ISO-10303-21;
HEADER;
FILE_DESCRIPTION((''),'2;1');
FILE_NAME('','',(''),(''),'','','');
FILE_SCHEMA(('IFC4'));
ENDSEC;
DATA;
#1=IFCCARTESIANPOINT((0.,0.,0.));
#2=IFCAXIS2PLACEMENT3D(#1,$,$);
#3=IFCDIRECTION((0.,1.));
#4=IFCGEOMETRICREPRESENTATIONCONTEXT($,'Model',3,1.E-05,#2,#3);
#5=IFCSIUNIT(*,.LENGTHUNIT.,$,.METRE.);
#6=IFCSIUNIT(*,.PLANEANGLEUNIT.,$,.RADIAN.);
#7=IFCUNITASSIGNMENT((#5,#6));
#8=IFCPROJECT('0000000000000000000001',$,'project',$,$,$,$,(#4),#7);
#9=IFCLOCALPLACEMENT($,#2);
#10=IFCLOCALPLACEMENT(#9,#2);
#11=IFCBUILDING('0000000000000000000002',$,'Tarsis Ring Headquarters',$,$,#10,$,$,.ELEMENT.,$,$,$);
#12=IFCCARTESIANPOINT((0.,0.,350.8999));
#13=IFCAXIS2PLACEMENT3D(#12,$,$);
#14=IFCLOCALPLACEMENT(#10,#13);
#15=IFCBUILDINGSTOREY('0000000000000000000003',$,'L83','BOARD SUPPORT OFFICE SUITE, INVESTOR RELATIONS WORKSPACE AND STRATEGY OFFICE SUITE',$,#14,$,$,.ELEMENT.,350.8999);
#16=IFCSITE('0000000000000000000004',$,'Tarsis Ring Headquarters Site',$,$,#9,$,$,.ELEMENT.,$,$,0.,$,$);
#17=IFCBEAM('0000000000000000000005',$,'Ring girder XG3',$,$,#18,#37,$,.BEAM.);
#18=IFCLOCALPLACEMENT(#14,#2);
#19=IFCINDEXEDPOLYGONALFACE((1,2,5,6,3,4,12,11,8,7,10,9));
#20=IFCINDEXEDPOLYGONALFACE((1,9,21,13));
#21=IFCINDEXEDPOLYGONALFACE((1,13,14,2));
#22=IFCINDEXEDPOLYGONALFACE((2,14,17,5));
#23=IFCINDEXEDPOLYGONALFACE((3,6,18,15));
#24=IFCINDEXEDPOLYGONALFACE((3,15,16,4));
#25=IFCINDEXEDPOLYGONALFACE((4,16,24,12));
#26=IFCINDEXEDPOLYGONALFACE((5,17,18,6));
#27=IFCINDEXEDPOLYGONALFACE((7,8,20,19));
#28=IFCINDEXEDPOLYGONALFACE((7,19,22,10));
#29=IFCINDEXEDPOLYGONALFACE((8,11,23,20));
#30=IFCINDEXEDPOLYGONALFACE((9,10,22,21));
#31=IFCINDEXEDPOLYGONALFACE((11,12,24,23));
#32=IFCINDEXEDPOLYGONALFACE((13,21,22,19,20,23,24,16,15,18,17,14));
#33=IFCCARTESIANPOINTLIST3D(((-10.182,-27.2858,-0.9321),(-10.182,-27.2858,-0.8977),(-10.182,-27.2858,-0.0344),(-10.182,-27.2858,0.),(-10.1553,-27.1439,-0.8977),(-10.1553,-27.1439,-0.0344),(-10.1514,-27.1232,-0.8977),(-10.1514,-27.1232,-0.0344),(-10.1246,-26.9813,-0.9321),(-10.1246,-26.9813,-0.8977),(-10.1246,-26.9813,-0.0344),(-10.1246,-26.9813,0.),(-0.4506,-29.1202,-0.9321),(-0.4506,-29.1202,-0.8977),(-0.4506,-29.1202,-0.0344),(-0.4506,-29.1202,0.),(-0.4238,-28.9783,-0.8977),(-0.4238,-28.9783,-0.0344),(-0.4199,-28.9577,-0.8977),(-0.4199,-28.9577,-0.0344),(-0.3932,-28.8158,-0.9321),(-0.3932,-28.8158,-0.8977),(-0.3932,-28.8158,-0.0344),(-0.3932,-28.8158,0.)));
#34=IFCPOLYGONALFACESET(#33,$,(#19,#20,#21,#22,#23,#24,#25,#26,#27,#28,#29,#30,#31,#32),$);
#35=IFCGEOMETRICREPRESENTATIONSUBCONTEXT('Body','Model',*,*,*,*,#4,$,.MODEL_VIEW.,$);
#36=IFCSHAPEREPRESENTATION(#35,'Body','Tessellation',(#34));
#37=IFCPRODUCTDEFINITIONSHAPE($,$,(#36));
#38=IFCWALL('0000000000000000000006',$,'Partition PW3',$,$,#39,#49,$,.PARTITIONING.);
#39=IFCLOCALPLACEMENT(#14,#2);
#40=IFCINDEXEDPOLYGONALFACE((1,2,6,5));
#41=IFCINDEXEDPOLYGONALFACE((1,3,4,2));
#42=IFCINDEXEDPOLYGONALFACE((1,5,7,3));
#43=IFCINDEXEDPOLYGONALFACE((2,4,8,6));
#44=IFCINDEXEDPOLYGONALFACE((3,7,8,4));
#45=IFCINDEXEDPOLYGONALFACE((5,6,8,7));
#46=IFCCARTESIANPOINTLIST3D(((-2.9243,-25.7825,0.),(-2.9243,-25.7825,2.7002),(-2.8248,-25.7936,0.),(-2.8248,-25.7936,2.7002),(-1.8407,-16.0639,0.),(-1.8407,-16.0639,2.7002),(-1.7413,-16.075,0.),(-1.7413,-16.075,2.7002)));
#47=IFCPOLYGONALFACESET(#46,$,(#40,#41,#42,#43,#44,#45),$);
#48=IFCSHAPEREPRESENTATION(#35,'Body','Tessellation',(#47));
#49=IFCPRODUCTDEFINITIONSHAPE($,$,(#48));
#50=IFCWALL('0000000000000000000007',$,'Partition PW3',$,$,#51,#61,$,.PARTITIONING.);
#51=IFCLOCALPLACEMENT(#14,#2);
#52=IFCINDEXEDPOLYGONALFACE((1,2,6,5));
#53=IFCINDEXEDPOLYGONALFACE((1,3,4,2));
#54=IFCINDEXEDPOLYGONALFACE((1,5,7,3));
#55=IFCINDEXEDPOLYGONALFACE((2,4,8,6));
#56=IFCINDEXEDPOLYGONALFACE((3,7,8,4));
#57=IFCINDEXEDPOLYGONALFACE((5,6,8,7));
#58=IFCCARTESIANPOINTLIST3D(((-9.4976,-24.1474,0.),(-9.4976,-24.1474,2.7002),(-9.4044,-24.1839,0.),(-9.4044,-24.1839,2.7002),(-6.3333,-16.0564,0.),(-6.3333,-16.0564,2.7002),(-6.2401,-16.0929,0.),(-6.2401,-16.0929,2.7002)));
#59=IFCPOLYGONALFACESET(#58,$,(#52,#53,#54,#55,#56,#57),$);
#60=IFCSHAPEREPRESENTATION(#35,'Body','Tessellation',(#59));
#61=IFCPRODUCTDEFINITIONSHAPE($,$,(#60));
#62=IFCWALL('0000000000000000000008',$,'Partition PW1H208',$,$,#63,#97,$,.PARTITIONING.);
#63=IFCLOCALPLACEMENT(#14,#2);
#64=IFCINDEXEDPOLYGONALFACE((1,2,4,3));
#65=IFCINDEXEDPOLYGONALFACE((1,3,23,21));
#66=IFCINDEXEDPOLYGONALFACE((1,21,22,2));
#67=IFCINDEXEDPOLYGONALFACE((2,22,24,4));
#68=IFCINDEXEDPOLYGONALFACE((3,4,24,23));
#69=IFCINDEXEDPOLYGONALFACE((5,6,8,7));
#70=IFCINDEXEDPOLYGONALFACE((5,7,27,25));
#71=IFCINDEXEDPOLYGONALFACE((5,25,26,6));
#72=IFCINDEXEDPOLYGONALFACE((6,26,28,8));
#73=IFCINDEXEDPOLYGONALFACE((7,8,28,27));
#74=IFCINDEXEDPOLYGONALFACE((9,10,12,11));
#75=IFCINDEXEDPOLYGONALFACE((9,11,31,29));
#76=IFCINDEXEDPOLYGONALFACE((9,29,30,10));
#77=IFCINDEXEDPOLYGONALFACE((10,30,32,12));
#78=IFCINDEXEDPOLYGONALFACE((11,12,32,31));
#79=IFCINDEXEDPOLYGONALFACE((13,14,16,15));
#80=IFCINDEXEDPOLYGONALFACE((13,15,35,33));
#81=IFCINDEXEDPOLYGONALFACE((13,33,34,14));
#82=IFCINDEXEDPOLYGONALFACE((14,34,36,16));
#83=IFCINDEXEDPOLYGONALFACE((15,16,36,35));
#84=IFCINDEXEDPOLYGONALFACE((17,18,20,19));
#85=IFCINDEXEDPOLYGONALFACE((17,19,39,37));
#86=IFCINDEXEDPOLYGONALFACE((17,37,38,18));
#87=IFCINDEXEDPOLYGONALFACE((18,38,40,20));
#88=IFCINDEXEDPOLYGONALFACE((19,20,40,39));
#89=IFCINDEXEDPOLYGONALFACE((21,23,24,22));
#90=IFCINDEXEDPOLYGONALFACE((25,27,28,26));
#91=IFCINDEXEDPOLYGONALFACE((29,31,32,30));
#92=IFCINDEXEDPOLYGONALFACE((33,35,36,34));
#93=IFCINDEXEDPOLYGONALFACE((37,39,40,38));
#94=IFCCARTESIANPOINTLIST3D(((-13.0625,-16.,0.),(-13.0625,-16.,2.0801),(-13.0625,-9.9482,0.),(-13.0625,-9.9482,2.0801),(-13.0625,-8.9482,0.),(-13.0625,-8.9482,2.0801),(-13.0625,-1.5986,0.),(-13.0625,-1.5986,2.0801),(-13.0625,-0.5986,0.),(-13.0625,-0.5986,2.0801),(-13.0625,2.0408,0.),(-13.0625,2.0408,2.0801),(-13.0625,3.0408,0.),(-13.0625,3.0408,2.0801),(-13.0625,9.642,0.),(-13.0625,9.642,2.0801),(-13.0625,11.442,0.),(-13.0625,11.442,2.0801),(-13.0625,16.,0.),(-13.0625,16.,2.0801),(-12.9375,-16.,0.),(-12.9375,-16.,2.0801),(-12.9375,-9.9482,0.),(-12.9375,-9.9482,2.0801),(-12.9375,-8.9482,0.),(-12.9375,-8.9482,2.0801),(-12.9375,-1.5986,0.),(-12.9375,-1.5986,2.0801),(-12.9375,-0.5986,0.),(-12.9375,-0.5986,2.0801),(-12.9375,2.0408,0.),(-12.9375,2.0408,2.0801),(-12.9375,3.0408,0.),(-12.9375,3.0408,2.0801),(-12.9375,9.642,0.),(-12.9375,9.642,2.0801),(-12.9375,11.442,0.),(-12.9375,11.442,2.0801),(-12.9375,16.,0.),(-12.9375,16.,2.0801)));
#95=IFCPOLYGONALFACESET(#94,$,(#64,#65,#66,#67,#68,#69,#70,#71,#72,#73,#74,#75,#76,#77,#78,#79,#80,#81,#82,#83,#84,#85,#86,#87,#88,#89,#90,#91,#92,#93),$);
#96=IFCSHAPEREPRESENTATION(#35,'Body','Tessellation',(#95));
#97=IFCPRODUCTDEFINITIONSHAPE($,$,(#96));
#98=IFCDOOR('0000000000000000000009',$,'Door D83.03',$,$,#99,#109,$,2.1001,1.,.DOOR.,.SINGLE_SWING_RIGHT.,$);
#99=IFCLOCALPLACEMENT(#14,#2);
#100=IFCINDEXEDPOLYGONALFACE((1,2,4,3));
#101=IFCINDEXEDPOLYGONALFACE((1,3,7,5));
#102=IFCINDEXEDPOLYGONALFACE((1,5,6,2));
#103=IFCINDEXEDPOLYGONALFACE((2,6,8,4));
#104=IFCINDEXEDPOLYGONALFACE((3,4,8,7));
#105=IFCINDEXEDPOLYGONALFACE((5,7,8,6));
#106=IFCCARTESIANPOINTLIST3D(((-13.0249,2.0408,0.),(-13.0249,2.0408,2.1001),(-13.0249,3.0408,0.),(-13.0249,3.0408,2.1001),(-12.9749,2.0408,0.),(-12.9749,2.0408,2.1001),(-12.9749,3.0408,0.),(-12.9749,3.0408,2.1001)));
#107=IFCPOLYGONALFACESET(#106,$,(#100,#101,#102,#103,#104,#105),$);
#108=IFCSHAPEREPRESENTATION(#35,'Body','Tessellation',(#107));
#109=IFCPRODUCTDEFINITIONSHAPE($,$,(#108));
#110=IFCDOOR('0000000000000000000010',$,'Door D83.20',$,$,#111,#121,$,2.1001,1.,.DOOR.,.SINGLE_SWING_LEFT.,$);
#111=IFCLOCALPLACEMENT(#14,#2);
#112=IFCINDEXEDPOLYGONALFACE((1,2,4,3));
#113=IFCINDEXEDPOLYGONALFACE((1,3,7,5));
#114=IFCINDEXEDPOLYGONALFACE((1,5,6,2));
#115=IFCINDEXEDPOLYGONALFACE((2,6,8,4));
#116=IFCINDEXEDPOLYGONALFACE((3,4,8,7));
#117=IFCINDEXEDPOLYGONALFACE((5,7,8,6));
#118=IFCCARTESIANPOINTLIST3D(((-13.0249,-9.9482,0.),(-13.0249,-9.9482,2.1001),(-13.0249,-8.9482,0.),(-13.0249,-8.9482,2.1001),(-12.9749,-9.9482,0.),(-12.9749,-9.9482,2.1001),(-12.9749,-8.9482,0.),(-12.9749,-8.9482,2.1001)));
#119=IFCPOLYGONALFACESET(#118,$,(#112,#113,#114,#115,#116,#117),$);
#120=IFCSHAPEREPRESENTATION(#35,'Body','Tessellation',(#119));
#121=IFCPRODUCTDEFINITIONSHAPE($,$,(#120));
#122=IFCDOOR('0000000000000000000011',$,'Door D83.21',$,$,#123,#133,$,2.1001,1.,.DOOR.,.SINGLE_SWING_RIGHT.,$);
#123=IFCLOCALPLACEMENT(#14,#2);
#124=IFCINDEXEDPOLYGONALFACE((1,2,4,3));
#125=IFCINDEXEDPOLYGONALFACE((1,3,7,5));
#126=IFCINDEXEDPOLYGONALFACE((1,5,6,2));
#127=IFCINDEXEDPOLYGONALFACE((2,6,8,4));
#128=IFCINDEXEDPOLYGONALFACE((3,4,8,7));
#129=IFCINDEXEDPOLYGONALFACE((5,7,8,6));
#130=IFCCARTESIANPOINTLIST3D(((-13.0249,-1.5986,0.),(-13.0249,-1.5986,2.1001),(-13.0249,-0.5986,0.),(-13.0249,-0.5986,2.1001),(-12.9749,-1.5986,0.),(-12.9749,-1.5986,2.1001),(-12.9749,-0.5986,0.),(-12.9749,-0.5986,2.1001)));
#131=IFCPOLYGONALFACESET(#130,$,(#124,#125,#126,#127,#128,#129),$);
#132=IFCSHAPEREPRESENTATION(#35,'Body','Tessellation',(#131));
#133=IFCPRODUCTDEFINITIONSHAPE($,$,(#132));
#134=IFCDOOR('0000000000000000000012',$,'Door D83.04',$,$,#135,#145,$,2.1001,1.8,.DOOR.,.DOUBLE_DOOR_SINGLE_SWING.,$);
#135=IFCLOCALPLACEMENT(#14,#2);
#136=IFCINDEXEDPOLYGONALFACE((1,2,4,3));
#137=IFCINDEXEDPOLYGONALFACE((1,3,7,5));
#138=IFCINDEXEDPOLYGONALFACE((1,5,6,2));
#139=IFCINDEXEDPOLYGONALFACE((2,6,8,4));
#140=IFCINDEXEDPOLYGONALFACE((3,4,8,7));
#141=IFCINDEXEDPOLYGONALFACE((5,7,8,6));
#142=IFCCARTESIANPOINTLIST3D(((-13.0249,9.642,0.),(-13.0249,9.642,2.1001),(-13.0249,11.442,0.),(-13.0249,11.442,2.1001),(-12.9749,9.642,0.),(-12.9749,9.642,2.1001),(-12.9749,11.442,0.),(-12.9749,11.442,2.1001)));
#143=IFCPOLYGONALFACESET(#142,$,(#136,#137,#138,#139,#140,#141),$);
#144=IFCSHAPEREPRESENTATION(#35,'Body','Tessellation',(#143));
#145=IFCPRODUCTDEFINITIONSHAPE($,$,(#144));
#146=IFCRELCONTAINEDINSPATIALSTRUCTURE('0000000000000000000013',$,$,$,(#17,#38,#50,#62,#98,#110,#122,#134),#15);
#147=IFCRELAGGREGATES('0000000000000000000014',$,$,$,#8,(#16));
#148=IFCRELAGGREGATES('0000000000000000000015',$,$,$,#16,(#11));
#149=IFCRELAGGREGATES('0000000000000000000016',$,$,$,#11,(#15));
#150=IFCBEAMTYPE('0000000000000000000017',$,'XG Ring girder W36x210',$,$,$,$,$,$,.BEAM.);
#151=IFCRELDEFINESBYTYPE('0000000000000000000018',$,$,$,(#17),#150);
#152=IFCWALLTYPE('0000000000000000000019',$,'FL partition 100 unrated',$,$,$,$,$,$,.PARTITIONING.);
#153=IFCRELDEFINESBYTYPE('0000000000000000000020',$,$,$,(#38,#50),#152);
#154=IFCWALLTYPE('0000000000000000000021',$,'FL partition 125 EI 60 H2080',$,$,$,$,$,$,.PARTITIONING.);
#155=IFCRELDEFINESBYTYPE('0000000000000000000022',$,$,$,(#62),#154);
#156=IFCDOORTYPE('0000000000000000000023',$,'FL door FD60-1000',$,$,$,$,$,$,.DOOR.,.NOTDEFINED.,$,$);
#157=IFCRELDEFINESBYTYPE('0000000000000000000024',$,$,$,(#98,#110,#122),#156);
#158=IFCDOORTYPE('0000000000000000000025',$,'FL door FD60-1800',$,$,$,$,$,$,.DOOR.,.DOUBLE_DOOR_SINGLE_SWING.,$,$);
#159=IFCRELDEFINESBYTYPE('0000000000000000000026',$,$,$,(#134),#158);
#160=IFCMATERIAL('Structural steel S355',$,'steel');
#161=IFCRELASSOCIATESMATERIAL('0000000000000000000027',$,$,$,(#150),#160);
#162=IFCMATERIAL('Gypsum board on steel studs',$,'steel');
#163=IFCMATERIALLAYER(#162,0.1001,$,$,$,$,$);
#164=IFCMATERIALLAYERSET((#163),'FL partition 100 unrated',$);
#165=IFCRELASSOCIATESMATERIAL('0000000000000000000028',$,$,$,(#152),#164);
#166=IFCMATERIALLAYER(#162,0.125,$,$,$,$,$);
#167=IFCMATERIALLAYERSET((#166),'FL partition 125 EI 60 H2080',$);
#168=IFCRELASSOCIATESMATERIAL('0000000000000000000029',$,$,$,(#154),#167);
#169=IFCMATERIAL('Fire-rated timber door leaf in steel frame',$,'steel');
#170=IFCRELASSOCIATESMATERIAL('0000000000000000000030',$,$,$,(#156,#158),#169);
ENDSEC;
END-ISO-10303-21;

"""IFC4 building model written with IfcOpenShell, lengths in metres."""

from ifc_helpers import new_model, si_unit, direction, frame, frame_2d, origin, origin_2d, place, context, subcontext, project, spatial, rectangle, i_section, extrude, material, layer, layer_set, material_profile, profile_set, type_object, element, fill, save


model = new_model("IFC4")

# Units and contexts
model_context = context("Model", 3, precision=1e-05, world=origin(), true_north=direction((0.0, 1.0)))
body_context = subcontext(model_context, "Body", "Model", "MODEL_VIEW")
ifc_project = project(units=[si_unit("LENGTHUNIT", "METRE"), si_unit("PLANEANGLEUNIT", "RADIAN")], contexts=[model_context])

# Site, building, storey
site_placement = place(None, origin())
site = spatial("IfcSite", under=ifc_project, at=site_placement, Name="Tarsis Ring Headquarters Site", CompositionType="ELEMENT", RefElevation=0.0)
building_placement = place(site_placement, origin())
building = spatial("IfcBuilding", under=site, at=building_placement, Name="Tarsis Ring Headquarters", CompositionType="ELEMENT")
storey_placement = place(building_placement, frame((0.0, 0.0, 350.8999)))
storey = spatial("IfcBuildingStorey", under=building, at=storey_placement, Name="L83", Description="BOARD SUPPORT OFFICE SUITE, INVESTOR RELATIONS WORKSPACE AND STRATEGY OFFICE SUITE", CompositionType="ELEMENT", Elevation=350.8999)

# Shared definitions
ifc_material_1 = material(Name="Structural steel S355", Category="steel")

# Beam
ifc_material_profile_1 = material_profile(ifc_material_1, i_section(OverallWidth=0.3098, OverallDepth=0.9321, WebThickness=0.021, FlangeThickness=0.0344, at=origin_2d()), Name="W36x210")
ifc_profile_set_1 = profile_set([ifc_material_profile_1], Name="Structural steel S355")
beam_type_1 = type_object("IfcBeamType", Name="XG Ring girder W36x210", PredefinedType="BEAM", material=ifc_profile_set_1)
beam_1_placement = place(storey_placement, frame((-10.1533, -27.1335, -0.4661), z_axis=(0.982692, -0.185247, 0.0), x_axis=(0.185247, 0.982692, 0.0)))
element("IfcBeam", 1, at=beam_1_placement, inside=storey, type_object=beam_type_1, Name="Ring girder XG3", PredefinedType="BEAM", context=body_context, shape_type="SweptSolid", body=[
    extrude(i_section(OverallWidth=0.3098, OverallDepth=0.9321, WebThickness=0.021, FlangeThickness=0.0344, at=origin_2d()), origin(), (0.0, 0.0, 1.0), 9.9028),
])

# Walls
ifc_material_2 = material(Name="Gypsum board on steel studs", Category="steel")
ifc_layer_1 = layer(ifc_material_2, 0.1001)
ifc_layer_set_1 = layer_set([ifc_layer_1], Name="FL partition 100 unrated")
wall_type_1 = type_object("IfcWallType", Name="FL partition 100 unrated", PredefinedType="PARTITIONING", material=ifc_layer_set_1)
wall_1_placement = place(storey_placement, frame((-2.8745, -25.7881, 0.0), z_axis=(0.0, 0.0, 1.0), x_axis=(0.110801, 0.993843, 0.0)))
element("IfcWall", 2, at=wall_1_placement, inside=storey, type_object=wall_type_1, Name="Partition PW3", PredefinedType="PARTITIONING", context=body_context, shape_type="SweptSolid", body=[
    extrude(rectangle(XDim=9.7788, YDim=0.1001, at=frame_2d((4.8894, 0.0))), origin(), (0.0, 0.0, 1.0), 2.7002),
])
wall_2_placement = place(storey_placement, frame((-9.4509, -24.1655, 0.0), z_axis=(0.0, 0.0, 1.0), x_axis=(0.364223, 0.931312, 0.0)))
element("IfcWall", 3, at=wall_2_placement, inside=storey, type_object=wall_type_1, Name="Partition PW3", PredefinedType="PARTITIONING", context=body_context, shape_type="SweptSolid", body=[
    extrude(rectangle(XDim=8.6877, YDim=0.1001, at=frame_2d((4.3438, 0.0))), origin(), (0.0, 0.0, 1.0), 2.7002),
])

# Wall, openings, doors
ifc_layer_2 = layer(ifc_material_2, 0.125)
ifc_layer_set_2 = layer_set([ifc_layer_2], Name="FL partition 125 EI 60 H2080")
wall_type_2 = type_object("IfcWallType", Name="FL partition 125 EI 60 H2080", PredefinedType="PARTITIONING", material=ifc_layer_set_2)
wall_3_placement = place(storey_placement, frame((-13.0, -16.0, 0.0), z_axis=(0.0, 0.0, 1.0), x_axis=(0.0, 1.0, 0.0)))
wall_3 = element("IfcWall", 4, at=wall_3_placement, inside=storey, type_object=wall_type_2, Name="Partition PW1H208", PredefinedType="PARTITIONING", context=body_context, shape_type="SweptSolid", body=[
    extrude(rectangle(XDim=32.0, YDim=0.125, at=frame_2d((16.0, 0.0))), origin(), (0.0, 0.0, 1.0), 2.0801),
])
opening_1_placement = place(wall_3_placement, frame((18.0408, 0.0, 0.0)))
opening_1 = element("IfcOpeningElement", 5, at=opening_1_placement, cuts=wall_3, PredefinedType="OPENING", context=body_context, shape_type="SweptSolid", body=[
    extrude(rectangle(XDim=1.0, YDim=2.1001, at=frame_2d((0.5, 1.05))), frame((0.0, 0.0725, 0.0), z_axis=(0.0, -1.0, 0.0), x_axis=(1.0, 0.0, 0.0)), (0.0, 0.0, 1.0), 0.145),
])
opening_2_placement = place(wall_3_placement, frame((25.6421, 0.0, 0.0)))
opening_2 = element("IfcOpeningElement", 6, at=opening_2_placement, cuts=wall_3, PredefinedType="OPENING", context=body_context, shape_type="SweptSolid", body=[
    extrude(rectangle(XDim=1.8, YDim=2.1001, at=frame_2d((0.8999, 1.05))), frame((0.0, 0.0725, 0.0), z_axis=(0.0, -1.0, 0.0), x_axis=(1.0, 0.0, 0.0)), (0.0, 0.0, 1.0), 0.145),
])
opening_3_placement = place(wall_3_placement, frame((6.0518, 0.0, 0.0)))
opening_3 = element("IfcOpeningElement", 7, at=opening_3_placement, cuts=wall_3, PredefinedType="OPENING", context=body_context, shape_type="SweptSolid", body=[
    extrude(rectangle(XDim=1.0, YDim=2.1001, at=frame_2d((0.5, 1.05))), frame((0.0, 0.0725, 0.0), z_axis=(0.0, -1.0, 0.0), x_axis=(1.0, 0.0, 0.0)), (0.0, 0.0, 1.0), 0.145),
])
opening_4_placement = place(wall_3_placement, frame((14.4014, 0.0, 0.0)))
opening_4 = element("IfcOpeningElement", 8, at=opening_4_placement, cuts=wall_3, PredefinedType="OPENING", context=body_context, shape_type="SweptSolid", body=[
    extrude(rectangle(XDim=1.0, YDim=2.1001, at=frame_2d((0.5, 1.05))), frame((0.0, 0.0725, 0.0), z_axis=(0.0, -1.0, 0.0), x_axis=(1.0, 0.0, 0.0)), (0.0, 0.0, 1.0), 0.145),
])
ifc_material_3 = material(Name="Fire-rated timber door leaf in steel frame", Category="steel")
door_type_1 = type_object("IfcDoorType", Name="FL door FD60-1000", OperationType="NOTDEFINED", PredefinedType="DOOR", material=ifc_material_3)
door_1_placement = place(opening_1_placement, origin())
door_1 = element("IfcDoor", 9, at=door_1_placement, inside=storey, type_object=door_type_1, Name="Door D83.03", OperationType="SINGLE_SWING_RIGHT", OverallHeight=2.1001, OverallWidth=1.0, PredefinedType="DOOR", context=body_context, shape_type="SweptSolid", body=[
    extrude(rectangle(XDim=1.0, YDim=2.1001, at=frame_2d((0.5, 1.05))), frame((0.0, 0.0249, 0.0), z_axis=(0.0, -1.0, 0.0), x_axis=(1.0, 0.0, 0.0)), (0.0, 0.0, 1.0), 0.05),
])
fill(opening_1, door_1)
door_2_placement = place(opening_3_placement, origin())
door_2 = element("IfcDoor", 10, at=door_2_placement, inside=storey, type_object=door_type_1, Name="Door D83.20", OperationType="SINGLE_SWING_LEFT", OverallHeight=2.1001, OverallWidth=1.0, PredefinedType="DOOR", context=body_context, shape_type="SweptSolid", body=[
    extrude(rectangle(XDim=1.0, YDim=2.1001, at=frame_2d((0.5, 1.05))), frame((0.0, 0.0249, 0.0), z_axis=(0.0, -1.0, 0.0), x_axis=(1.0, 0.0, 0.0)), (0.0, 0.0, 1.0), 0.05),
])
fill(opening_3, door_2)
door_3_placement = place(opening_4_placement, origin())
door_3 = element("IfcDoor", 11, at=door_3_placement, inside=storey, type_object=door_type_1, Name="Door D83.21", OperationType="SINGLE_SWING_RIGHT", OverallHeight=2.1001, OverallWidth=1.0, PredefinedType="DOOR", context=body_context, shape_type="SweptSolid", body=[
    extrude(rectangle(XDim=1.0, YDim=2.1001, at=frame_2d((0.5, 1.05))), frame((0.0, 0.0249, 0.0), z_axis=(0.0, -1.0, 0.0), x_axis=(1.0, 0.0, 0.0)), (0.0, 0.0, 1.0), 0.05),
])
fill(opening_4, door_3)
door_type_2 = type_object("IfcDoorType", Name="FL door FD60-1800", OperationType="DOUBLE_DOOR_SINGLE_SWING", PredefinedType="DOOR", material=ifc_material_3)
door_4_placement = place(opening_2_placement, origin())
door_4 = element("IfcDoor", 12, at=door_4_placement, inside=storey, type_object=door_type_2, Name="Door D83.04", OperationType="DOUBLE_DOOR_SINGLE_SWING", OverallHeight=2.1001, OverallWidth=1.8, PredefinedType="DOOR", context=body_context, shape_type="SweptSolid", body=[
    extrude(rectangle(XDim=1.8, YDim=2.1001, at=frame_2d((0.8999, 1.05))), frame((0.0, 0.0249, 0.0), z_axis=(0.0, -1.0, 0.0), x_axis=(1.0, 0.0, 0.0)), (0.0, 0.0, 1.0), 0.05),
])
fill(opening_2, door_4)

save(model, "model.ifc")
